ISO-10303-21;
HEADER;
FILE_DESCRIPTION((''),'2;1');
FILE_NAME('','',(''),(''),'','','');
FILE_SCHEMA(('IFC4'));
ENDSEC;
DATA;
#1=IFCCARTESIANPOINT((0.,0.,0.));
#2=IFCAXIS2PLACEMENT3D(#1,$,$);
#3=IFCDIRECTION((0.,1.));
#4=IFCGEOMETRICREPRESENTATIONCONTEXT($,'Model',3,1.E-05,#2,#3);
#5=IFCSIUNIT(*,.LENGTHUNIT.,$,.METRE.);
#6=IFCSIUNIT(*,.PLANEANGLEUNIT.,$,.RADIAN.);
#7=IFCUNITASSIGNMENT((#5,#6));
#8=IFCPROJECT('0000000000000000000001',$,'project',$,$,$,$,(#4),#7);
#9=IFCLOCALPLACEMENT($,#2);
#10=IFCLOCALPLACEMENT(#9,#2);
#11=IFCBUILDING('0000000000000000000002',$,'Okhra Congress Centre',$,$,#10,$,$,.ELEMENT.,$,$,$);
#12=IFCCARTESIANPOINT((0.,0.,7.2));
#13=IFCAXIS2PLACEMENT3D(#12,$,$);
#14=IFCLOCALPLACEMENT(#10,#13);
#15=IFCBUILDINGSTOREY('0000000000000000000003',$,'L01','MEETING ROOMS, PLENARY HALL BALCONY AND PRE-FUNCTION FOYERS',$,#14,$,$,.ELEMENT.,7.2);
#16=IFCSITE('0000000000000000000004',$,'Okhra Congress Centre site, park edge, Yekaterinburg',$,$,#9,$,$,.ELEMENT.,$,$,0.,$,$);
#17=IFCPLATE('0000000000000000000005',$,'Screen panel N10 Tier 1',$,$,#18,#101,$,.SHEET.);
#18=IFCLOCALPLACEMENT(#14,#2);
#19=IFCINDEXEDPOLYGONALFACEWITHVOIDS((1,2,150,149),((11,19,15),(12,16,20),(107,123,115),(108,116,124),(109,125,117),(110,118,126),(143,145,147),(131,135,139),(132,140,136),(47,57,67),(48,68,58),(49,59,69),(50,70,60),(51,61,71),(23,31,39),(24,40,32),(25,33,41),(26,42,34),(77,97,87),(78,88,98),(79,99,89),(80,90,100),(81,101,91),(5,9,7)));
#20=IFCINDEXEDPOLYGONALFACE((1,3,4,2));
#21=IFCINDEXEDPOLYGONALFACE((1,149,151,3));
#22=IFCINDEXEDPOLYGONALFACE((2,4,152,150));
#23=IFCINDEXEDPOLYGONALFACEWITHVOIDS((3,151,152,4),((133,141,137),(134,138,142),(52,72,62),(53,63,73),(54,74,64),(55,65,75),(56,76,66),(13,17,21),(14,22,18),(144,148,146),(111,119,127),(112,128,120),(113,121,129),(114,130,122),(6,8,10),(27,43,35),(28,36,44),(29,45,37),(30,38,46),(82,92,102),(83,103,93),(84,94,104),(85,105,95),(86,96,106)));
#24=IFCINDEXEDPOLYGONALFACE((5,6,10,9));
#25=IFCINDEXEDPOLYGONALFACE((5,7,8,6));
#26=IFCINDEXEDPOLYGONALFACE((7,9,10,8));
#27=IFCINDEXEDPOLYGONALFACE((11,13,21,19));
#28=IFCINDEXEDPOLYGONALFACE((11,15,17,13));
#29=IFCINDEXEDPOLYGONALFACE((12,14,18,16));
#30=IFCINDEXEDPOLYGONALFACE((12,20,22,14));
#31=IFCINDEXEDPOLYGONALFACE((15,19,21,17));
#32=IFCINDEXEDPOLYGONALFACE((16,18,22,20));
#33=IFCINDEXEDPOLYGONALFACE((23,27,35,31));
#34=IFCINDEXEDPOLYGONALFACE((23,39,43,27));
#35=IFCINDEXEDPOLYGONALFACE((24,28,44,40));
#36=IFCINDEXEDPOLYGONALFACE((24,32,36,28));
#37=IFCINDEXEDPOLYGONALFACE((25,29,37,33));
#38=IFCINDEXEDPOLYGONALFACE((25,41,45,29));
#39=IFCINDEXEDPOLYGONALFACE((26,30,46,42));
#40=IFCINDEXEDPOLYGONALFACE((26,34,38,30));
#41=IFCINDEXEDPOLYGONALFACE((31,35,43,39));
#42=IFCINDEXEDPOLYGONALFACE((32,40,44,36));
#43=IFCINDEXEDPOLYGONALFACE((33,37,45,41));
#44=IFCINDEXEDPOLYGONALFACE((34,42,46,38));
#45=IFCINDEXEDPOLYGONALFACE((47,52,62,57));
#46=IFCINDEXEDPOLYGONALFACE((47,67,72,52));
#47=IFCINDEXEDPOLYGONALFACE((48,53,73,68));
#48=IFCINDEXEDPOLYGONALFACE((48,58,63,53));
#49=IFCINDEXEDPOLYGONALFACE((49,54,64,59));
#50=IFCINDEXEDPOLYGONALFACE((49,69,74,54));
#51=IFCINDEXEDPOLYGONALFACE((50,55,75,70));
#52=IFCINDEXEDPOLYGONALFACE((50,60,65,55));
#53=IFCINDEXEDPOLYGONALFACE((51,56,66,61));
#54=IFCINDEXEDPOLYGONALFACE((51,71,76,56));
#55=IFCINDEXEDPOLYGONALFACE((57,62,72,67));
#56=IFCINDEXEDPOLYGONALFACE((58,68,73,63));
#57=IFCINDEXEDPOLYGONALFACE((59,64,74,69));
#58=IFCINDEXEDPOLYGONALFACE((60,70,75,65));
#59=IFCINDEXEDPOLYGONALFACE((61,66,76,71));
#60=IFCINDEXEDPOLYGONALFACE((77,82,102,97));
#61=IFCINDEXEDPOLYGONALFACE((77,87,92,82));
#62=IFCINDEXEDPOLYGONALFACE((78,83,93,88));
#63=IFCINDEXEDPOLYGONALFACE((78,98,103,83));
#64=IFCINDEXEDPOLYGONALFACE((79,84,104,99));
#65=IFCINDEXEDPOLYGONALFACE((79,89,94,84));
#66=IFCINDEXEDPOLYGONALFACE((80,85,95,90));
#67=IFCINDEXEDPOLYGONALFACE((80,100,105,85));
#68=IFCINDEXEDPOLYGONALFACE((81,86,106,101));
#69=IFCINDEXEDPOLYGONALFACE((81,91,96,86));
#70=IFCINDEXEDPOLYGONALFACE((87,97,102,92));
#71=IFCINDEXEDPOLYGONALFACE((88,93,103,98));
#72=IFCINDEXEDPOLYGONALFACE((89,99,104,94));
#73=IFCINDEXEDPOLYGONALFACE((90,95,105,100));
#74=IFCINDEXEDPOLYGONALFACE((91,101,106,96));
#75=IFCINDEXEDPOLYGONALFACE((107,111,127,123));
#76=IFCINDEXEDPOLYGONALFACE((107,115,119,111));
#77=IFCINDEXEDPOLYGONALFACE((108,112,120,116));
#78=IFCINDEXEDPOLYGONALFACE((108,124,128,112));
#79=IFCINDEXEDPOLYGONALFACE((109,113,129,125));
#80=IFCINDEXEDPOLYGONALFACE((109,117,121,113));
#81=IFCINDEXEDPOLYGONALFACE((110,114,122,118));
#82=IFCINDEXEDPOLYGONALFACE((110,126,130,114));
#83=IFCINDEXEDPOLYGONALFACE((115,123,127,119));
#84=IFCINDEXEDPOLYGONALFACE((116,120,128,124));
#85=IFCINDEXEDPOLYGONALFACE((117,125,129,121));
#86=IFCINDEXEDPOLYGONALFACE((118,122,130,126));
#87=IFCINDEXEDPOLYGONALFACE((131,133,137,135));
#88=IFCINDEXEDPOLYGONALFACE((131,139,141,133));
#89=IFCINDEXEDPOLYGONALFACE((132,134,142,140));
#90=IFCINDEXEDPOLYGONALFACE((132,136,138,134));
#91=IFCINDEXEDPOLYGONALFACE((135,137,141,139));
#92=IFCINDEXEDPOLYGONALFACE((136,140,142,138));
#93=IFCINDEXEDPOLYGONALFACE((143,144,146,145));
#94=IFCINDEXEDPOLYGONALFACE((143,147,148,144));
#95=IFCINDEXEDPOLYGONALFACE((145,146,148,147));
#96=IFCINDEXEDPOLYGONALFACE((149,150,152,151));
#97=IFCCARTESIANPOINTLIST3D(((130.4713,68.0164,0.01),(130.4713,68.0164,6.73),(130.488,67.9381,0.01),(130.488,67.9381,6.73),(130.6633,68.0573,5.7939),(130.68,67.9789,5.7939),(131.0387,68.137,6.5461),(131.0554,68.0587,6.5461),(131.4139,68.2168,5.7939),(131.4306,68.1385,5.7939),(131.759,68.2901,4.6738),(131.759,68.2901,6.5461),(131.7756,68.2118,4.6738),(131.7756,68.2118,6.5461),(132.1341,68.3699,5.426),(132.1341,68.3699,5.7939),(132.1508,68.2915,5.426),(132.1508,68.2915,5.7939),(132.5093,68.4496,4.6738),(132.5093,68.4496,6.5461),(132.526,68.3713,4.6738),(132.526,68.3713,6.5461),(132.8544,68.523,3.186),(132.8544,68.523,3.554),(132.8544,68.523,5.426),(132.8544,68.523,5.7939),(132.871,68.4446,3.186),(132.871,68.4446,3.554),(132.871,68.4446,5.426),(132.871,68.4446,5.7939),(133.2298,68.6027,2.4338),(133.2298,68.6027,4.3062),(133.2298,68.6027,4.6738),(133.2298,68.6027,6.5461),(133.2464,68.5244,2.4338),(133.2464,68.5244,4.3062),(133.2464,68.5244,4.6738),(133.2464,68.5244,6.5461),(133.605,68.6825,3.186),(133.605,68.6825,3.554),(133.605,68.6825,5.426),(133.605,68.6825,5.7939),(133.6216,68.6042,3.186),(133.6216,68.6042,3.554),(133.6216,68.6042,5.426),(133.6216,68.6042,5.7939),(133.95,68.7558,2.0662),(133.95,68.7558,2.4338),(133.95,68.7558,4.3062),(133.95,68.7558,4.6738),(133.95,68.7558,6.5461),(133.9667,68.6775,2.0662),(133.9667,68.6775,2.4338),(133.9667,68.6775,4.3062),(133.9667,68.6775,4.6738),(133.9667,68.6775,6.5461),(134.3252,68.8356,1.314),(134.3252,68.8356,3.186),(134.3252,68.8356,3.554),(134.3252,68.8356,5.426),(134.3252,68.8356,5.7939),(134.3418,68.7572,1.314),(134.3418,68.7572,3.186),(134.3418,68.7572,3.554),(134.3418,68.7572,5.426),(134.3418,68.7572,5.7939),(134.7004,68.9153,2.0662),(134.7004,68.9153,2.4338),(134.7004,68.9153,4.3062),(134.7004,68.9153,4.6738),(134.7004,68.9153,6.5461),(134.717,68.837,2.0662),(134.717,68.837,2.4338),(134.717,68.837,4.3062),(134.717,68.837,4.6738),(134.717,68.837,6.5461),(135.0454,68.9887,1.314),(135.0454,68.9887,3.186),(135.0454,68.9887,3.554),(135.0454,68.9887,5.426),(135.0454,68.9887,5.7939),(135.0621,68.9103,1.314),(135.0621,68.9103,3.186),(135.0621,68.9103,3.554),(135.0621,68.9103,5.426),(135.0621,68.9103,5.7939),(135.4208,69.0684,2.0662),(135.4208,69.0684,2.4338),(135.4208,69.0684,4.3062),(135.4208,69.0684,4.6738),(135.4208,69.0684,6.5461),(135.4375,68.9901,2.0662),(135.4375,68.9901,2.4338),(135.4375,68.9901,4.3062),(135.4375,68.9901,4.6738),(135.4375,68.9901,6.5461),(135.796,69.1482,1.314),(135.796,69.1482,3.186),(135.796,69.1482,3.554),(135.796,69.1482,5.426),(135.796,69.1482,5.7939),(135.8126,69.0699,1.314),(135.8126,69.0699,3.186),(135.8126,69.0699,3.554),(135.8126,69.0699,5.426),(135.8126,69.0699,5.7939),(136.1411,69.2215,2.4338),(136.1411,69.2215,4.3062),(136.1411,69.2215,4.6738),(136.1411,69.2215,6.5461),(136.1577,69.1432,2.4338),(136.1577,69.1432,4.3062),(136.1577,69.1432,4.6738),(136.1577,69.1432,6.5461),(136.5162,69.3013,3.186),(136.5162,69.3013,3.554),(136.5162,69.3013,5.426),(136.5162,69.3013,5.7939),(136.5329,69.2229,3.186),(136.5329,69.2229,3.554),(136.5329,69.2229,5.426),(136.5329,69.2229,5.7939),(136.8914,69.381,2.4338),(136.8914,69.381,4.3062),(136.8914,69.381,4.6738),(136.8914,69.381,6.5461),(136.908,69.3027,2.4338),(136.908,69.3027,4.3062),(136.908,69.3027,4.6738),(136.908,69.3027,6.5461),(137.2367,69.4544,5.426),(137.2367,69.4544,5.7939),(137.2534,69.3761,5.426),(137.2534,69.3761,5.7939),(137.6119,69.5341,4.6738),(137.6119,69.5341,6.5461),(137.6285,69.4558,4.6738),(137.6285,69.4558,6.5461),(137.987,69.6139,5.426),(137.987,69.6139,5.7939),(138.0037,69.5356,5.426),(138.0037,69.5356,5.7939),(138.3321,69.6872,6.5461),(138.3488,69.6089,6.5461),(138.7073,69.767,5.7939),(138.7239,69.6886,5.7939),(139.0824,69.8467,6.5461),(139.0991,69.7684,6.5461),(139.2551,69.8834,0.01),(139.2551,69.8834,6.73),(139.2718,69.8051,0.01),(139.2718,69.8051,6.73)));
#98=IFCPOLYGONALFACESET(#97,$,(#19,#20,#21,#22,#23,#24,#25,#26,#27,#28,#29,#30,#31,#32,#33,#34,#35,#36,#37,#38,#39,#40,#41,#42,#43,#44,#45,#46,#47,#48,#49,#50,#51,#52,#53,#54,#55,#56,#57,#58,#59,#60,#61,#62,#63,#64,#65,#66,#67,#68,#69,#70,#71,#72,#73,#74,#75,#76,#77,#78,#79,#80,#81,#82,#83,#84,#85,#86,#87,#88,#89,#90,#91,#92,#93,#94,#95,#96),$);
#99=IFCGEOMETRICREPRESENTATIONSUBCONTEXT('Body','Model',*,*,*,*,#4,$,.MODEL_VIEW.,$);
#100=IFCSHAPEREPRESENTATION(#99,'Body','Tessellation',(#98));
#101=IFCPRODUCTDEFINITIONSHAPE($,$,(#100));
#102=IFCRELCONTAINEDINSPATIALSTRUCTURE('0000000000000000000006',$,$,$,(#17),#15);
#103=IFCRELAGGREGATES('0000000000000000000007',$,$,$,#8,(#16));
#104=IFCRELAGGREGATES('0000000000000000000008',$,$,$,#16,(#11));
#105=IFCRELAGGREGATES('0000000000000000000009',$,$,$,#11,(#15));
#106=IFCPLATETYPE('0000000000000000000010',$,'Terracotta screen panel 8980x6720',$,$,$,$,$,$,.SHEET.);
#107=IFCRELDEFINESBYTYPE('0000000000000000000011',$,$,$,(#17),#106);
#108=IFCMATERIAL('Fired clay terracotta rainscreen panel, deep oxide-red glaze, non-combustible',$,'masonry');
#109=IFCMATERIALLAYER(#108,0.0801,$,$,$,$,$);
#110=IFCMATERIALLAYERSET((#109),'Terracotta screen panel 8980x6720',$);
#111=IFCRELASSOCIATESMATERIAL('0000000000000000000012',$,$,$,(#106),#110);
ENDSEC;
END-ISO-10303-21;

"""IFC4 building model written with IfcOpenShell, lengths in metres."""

from ifc_helpers import new_model, si_unit, direction, frame, origin, place, context, subcontext, project, spatial, polyline, outline, extrude, material, layer, layer_set, type_object, element, save


model = new_model("IFC4")

# Units and contexts
model_context = context("Model", 3, precision=1e-05, world=origin(), true_north=direction((0.0, 1.0)))
body_context = subcontext(model_context, "Body", "Model", "MODEL_VIEW")
ifc_project = project(units=[si_unit("LENGTHUNIT", "METRE"), si_unit("PLANEANGLEUNIT", "RADIAN")], contexts=[model_context])

# Site, building, storey
site_placement = place(None, origin())
site = spatial("IfcSite", under=ifc_project, at=site_placement, Name="Okhra Congress Centre site, park edge, Yekaterinburg", CompositionType="ELEMENT", RefElevation=0.0)
building_placement = place(site_placement, origin())
building = spatial("IfcBuilding", under=site, at=building_placement, Name="Okhra Congress Centre", CompositionType="ELEMENT")
storey_placement = place(building_placement, frame((0.0, 0.0, 7.2)))
storey = spatial("IfcBuildingStorey", under=building, at=storey_placement, Name="L01", Description="MEETING ROOMS, PLENARY HALL BALCONY AND PRE-FUNCTION FOYERS", CompositionType="ELEMENT", Elevation=7.2)

# Plate
ifc_material_1 = material(Name="Fired clay terracotta rainscreen panel, deep oxide-red glaze, non-combustible", Category="masonry")
ifc_layer_1 = layer(ifc_material_1, 0.0801)
ifc_layer_set_1 = layer_set([ifc_layer_1], Name="Terracotta screen panel 8980x6720")
plate_type = type_object("IfcPlateType", Name="Terracotta screen panel 8980x6720", PredefinedType="SHEET", material=ifc_layer_set_1)
plate_1_placement = place(storey_placement, frame((139.2634, 69.8442, 0.01), z_axis=(0.0, 0.0, 1.0), x_axis=(-0.97815, -0.207902, 0.0)))
element("IfcPlate", 1, at=plate_1_placement, inside=storey, type_object=plate_type, Name="Screen panel N10 Tier 1", PredefinedType="SHEET", context=body_context, shape_type="SweptSolid", body=[
    extrude(outline(polyline([(0.0, 0.0), (8.98, 0.0), (8.98, 6.72), (0.0, 6.72), (0.0, 0.0)]), holes=[polyline([(3.5364, 1.304), (4.3037, 1.304), (3.9199, 2.0562), (3.5364, 1.304)]), polyline([(4.6565, 2.0562), (5.04, 1.304), (5.4236, 2.0562), (4.6565, 2.0562)]), polyline([(2.4165, 2.4238), (3.1836, 2.4238), (2.8, 3.176), (2.4165, 2.4238)]), polyline([(3.5364, 3.176), (3.9199, 2.4238), (4.3037, 3.176), (3.5364, 3.176)]), polyline([(4.6565, 2.4238), (5.4236, 2.4238), (5.04, 3.176), (4.6565, 2.4238)]), polyline([(5.7764, 3.176), (6.1599, 2.4238), (6.5437, 3.176), (5.7764, 3.176)]), polyline([(2.4165, 4.2961), (2.8, 3.5439), (3.1836, 4.2961), (2.4165, 4.2961)]), polyline([(3.5364, 3.5439), (4.3037, 3.5439), (3.9199, 4.2961), (3.5364, 3.5439)]), polyline([(4.6565, 4.2961), (5.04, 3.5439), (5.4236, 4.2961), (4.6565, 4.2961)]), polyline([(5.7764, 3.5439), (6.5437, 3.5439), (6.1599, 4.2961), (5.7764, 3.5439)]), polyline([(1.2964, 5.416), (1.6799, 4.6638), (2.0635, 5.416), (1.2964, 5.416)]), polyline([(2.4165, 4.6638), (3.1836, 4.6638), (2.8, 5.416), (2.4165, 4.6638)]), polyline([(3.5364, 5.416), (3.9199, 4.6638), (4.3037, 5.416), (3.5364, 5.416)]), polyline([(4.6565, 4.6638), (5.4236, 4.6638), (5.04, 5.416), (4.6565, 4.6638)]), polyline([(5.7764, 5.416), (6.1599, 4.6638), (6.5437, 5.416), (5.7764, 5.416)]), polyline([(6.8965, 4.6638), (7.6636, 4.6638), (7.28, 5.416), (6.8965, 4.6638)]), polyline([(0.1765, 6.5361), (0.5601, 5.7839), (0.9436, 6.5361), (0.1765, 6.5361)]), polyline([(1.2964, 5.7839), (2.0635, 5.7839), (1.6799, 6.5361), (1.2964, 5.7839)]), polyline([(2.4165, 6.5361), (2.8, 5.7839), (3.1836, 6.5361), (2.4165, 6.5361)]), polyline([(3.5364, 5.7839), (4.3037, 5.7839), (3.9199, 6.5361), (3.5364, 5.7839)]), polyline([(4.6565, 6.5361), (5.04, 5.7839), (5.4236, 6.5361), (4.6565, 6.5361)]), polyline([(5.7764, 5.7839), (6.5437, 5.7839), (6.1599, 6.5361), (5.7764, 5.7839)]), polyline([(6.8965, 6.5361), (7.28, 5.7839), (7.6636, 6.5361), (6.8965, 6.5361)]), polyline([(8.0164, 5.7839), (8.7837, 5.7839), (8.3999, 6.5361), (8.0164, 5.7839)])]), frame((0.0, 0.04, 0.0), z_axis=(0.0, -1.0, 0.0), x_axis=(1.0, 0.0, 0.0)), (0.0, 0.0, 1.0), 0.0801),
])

save(model, "model.ifc")
